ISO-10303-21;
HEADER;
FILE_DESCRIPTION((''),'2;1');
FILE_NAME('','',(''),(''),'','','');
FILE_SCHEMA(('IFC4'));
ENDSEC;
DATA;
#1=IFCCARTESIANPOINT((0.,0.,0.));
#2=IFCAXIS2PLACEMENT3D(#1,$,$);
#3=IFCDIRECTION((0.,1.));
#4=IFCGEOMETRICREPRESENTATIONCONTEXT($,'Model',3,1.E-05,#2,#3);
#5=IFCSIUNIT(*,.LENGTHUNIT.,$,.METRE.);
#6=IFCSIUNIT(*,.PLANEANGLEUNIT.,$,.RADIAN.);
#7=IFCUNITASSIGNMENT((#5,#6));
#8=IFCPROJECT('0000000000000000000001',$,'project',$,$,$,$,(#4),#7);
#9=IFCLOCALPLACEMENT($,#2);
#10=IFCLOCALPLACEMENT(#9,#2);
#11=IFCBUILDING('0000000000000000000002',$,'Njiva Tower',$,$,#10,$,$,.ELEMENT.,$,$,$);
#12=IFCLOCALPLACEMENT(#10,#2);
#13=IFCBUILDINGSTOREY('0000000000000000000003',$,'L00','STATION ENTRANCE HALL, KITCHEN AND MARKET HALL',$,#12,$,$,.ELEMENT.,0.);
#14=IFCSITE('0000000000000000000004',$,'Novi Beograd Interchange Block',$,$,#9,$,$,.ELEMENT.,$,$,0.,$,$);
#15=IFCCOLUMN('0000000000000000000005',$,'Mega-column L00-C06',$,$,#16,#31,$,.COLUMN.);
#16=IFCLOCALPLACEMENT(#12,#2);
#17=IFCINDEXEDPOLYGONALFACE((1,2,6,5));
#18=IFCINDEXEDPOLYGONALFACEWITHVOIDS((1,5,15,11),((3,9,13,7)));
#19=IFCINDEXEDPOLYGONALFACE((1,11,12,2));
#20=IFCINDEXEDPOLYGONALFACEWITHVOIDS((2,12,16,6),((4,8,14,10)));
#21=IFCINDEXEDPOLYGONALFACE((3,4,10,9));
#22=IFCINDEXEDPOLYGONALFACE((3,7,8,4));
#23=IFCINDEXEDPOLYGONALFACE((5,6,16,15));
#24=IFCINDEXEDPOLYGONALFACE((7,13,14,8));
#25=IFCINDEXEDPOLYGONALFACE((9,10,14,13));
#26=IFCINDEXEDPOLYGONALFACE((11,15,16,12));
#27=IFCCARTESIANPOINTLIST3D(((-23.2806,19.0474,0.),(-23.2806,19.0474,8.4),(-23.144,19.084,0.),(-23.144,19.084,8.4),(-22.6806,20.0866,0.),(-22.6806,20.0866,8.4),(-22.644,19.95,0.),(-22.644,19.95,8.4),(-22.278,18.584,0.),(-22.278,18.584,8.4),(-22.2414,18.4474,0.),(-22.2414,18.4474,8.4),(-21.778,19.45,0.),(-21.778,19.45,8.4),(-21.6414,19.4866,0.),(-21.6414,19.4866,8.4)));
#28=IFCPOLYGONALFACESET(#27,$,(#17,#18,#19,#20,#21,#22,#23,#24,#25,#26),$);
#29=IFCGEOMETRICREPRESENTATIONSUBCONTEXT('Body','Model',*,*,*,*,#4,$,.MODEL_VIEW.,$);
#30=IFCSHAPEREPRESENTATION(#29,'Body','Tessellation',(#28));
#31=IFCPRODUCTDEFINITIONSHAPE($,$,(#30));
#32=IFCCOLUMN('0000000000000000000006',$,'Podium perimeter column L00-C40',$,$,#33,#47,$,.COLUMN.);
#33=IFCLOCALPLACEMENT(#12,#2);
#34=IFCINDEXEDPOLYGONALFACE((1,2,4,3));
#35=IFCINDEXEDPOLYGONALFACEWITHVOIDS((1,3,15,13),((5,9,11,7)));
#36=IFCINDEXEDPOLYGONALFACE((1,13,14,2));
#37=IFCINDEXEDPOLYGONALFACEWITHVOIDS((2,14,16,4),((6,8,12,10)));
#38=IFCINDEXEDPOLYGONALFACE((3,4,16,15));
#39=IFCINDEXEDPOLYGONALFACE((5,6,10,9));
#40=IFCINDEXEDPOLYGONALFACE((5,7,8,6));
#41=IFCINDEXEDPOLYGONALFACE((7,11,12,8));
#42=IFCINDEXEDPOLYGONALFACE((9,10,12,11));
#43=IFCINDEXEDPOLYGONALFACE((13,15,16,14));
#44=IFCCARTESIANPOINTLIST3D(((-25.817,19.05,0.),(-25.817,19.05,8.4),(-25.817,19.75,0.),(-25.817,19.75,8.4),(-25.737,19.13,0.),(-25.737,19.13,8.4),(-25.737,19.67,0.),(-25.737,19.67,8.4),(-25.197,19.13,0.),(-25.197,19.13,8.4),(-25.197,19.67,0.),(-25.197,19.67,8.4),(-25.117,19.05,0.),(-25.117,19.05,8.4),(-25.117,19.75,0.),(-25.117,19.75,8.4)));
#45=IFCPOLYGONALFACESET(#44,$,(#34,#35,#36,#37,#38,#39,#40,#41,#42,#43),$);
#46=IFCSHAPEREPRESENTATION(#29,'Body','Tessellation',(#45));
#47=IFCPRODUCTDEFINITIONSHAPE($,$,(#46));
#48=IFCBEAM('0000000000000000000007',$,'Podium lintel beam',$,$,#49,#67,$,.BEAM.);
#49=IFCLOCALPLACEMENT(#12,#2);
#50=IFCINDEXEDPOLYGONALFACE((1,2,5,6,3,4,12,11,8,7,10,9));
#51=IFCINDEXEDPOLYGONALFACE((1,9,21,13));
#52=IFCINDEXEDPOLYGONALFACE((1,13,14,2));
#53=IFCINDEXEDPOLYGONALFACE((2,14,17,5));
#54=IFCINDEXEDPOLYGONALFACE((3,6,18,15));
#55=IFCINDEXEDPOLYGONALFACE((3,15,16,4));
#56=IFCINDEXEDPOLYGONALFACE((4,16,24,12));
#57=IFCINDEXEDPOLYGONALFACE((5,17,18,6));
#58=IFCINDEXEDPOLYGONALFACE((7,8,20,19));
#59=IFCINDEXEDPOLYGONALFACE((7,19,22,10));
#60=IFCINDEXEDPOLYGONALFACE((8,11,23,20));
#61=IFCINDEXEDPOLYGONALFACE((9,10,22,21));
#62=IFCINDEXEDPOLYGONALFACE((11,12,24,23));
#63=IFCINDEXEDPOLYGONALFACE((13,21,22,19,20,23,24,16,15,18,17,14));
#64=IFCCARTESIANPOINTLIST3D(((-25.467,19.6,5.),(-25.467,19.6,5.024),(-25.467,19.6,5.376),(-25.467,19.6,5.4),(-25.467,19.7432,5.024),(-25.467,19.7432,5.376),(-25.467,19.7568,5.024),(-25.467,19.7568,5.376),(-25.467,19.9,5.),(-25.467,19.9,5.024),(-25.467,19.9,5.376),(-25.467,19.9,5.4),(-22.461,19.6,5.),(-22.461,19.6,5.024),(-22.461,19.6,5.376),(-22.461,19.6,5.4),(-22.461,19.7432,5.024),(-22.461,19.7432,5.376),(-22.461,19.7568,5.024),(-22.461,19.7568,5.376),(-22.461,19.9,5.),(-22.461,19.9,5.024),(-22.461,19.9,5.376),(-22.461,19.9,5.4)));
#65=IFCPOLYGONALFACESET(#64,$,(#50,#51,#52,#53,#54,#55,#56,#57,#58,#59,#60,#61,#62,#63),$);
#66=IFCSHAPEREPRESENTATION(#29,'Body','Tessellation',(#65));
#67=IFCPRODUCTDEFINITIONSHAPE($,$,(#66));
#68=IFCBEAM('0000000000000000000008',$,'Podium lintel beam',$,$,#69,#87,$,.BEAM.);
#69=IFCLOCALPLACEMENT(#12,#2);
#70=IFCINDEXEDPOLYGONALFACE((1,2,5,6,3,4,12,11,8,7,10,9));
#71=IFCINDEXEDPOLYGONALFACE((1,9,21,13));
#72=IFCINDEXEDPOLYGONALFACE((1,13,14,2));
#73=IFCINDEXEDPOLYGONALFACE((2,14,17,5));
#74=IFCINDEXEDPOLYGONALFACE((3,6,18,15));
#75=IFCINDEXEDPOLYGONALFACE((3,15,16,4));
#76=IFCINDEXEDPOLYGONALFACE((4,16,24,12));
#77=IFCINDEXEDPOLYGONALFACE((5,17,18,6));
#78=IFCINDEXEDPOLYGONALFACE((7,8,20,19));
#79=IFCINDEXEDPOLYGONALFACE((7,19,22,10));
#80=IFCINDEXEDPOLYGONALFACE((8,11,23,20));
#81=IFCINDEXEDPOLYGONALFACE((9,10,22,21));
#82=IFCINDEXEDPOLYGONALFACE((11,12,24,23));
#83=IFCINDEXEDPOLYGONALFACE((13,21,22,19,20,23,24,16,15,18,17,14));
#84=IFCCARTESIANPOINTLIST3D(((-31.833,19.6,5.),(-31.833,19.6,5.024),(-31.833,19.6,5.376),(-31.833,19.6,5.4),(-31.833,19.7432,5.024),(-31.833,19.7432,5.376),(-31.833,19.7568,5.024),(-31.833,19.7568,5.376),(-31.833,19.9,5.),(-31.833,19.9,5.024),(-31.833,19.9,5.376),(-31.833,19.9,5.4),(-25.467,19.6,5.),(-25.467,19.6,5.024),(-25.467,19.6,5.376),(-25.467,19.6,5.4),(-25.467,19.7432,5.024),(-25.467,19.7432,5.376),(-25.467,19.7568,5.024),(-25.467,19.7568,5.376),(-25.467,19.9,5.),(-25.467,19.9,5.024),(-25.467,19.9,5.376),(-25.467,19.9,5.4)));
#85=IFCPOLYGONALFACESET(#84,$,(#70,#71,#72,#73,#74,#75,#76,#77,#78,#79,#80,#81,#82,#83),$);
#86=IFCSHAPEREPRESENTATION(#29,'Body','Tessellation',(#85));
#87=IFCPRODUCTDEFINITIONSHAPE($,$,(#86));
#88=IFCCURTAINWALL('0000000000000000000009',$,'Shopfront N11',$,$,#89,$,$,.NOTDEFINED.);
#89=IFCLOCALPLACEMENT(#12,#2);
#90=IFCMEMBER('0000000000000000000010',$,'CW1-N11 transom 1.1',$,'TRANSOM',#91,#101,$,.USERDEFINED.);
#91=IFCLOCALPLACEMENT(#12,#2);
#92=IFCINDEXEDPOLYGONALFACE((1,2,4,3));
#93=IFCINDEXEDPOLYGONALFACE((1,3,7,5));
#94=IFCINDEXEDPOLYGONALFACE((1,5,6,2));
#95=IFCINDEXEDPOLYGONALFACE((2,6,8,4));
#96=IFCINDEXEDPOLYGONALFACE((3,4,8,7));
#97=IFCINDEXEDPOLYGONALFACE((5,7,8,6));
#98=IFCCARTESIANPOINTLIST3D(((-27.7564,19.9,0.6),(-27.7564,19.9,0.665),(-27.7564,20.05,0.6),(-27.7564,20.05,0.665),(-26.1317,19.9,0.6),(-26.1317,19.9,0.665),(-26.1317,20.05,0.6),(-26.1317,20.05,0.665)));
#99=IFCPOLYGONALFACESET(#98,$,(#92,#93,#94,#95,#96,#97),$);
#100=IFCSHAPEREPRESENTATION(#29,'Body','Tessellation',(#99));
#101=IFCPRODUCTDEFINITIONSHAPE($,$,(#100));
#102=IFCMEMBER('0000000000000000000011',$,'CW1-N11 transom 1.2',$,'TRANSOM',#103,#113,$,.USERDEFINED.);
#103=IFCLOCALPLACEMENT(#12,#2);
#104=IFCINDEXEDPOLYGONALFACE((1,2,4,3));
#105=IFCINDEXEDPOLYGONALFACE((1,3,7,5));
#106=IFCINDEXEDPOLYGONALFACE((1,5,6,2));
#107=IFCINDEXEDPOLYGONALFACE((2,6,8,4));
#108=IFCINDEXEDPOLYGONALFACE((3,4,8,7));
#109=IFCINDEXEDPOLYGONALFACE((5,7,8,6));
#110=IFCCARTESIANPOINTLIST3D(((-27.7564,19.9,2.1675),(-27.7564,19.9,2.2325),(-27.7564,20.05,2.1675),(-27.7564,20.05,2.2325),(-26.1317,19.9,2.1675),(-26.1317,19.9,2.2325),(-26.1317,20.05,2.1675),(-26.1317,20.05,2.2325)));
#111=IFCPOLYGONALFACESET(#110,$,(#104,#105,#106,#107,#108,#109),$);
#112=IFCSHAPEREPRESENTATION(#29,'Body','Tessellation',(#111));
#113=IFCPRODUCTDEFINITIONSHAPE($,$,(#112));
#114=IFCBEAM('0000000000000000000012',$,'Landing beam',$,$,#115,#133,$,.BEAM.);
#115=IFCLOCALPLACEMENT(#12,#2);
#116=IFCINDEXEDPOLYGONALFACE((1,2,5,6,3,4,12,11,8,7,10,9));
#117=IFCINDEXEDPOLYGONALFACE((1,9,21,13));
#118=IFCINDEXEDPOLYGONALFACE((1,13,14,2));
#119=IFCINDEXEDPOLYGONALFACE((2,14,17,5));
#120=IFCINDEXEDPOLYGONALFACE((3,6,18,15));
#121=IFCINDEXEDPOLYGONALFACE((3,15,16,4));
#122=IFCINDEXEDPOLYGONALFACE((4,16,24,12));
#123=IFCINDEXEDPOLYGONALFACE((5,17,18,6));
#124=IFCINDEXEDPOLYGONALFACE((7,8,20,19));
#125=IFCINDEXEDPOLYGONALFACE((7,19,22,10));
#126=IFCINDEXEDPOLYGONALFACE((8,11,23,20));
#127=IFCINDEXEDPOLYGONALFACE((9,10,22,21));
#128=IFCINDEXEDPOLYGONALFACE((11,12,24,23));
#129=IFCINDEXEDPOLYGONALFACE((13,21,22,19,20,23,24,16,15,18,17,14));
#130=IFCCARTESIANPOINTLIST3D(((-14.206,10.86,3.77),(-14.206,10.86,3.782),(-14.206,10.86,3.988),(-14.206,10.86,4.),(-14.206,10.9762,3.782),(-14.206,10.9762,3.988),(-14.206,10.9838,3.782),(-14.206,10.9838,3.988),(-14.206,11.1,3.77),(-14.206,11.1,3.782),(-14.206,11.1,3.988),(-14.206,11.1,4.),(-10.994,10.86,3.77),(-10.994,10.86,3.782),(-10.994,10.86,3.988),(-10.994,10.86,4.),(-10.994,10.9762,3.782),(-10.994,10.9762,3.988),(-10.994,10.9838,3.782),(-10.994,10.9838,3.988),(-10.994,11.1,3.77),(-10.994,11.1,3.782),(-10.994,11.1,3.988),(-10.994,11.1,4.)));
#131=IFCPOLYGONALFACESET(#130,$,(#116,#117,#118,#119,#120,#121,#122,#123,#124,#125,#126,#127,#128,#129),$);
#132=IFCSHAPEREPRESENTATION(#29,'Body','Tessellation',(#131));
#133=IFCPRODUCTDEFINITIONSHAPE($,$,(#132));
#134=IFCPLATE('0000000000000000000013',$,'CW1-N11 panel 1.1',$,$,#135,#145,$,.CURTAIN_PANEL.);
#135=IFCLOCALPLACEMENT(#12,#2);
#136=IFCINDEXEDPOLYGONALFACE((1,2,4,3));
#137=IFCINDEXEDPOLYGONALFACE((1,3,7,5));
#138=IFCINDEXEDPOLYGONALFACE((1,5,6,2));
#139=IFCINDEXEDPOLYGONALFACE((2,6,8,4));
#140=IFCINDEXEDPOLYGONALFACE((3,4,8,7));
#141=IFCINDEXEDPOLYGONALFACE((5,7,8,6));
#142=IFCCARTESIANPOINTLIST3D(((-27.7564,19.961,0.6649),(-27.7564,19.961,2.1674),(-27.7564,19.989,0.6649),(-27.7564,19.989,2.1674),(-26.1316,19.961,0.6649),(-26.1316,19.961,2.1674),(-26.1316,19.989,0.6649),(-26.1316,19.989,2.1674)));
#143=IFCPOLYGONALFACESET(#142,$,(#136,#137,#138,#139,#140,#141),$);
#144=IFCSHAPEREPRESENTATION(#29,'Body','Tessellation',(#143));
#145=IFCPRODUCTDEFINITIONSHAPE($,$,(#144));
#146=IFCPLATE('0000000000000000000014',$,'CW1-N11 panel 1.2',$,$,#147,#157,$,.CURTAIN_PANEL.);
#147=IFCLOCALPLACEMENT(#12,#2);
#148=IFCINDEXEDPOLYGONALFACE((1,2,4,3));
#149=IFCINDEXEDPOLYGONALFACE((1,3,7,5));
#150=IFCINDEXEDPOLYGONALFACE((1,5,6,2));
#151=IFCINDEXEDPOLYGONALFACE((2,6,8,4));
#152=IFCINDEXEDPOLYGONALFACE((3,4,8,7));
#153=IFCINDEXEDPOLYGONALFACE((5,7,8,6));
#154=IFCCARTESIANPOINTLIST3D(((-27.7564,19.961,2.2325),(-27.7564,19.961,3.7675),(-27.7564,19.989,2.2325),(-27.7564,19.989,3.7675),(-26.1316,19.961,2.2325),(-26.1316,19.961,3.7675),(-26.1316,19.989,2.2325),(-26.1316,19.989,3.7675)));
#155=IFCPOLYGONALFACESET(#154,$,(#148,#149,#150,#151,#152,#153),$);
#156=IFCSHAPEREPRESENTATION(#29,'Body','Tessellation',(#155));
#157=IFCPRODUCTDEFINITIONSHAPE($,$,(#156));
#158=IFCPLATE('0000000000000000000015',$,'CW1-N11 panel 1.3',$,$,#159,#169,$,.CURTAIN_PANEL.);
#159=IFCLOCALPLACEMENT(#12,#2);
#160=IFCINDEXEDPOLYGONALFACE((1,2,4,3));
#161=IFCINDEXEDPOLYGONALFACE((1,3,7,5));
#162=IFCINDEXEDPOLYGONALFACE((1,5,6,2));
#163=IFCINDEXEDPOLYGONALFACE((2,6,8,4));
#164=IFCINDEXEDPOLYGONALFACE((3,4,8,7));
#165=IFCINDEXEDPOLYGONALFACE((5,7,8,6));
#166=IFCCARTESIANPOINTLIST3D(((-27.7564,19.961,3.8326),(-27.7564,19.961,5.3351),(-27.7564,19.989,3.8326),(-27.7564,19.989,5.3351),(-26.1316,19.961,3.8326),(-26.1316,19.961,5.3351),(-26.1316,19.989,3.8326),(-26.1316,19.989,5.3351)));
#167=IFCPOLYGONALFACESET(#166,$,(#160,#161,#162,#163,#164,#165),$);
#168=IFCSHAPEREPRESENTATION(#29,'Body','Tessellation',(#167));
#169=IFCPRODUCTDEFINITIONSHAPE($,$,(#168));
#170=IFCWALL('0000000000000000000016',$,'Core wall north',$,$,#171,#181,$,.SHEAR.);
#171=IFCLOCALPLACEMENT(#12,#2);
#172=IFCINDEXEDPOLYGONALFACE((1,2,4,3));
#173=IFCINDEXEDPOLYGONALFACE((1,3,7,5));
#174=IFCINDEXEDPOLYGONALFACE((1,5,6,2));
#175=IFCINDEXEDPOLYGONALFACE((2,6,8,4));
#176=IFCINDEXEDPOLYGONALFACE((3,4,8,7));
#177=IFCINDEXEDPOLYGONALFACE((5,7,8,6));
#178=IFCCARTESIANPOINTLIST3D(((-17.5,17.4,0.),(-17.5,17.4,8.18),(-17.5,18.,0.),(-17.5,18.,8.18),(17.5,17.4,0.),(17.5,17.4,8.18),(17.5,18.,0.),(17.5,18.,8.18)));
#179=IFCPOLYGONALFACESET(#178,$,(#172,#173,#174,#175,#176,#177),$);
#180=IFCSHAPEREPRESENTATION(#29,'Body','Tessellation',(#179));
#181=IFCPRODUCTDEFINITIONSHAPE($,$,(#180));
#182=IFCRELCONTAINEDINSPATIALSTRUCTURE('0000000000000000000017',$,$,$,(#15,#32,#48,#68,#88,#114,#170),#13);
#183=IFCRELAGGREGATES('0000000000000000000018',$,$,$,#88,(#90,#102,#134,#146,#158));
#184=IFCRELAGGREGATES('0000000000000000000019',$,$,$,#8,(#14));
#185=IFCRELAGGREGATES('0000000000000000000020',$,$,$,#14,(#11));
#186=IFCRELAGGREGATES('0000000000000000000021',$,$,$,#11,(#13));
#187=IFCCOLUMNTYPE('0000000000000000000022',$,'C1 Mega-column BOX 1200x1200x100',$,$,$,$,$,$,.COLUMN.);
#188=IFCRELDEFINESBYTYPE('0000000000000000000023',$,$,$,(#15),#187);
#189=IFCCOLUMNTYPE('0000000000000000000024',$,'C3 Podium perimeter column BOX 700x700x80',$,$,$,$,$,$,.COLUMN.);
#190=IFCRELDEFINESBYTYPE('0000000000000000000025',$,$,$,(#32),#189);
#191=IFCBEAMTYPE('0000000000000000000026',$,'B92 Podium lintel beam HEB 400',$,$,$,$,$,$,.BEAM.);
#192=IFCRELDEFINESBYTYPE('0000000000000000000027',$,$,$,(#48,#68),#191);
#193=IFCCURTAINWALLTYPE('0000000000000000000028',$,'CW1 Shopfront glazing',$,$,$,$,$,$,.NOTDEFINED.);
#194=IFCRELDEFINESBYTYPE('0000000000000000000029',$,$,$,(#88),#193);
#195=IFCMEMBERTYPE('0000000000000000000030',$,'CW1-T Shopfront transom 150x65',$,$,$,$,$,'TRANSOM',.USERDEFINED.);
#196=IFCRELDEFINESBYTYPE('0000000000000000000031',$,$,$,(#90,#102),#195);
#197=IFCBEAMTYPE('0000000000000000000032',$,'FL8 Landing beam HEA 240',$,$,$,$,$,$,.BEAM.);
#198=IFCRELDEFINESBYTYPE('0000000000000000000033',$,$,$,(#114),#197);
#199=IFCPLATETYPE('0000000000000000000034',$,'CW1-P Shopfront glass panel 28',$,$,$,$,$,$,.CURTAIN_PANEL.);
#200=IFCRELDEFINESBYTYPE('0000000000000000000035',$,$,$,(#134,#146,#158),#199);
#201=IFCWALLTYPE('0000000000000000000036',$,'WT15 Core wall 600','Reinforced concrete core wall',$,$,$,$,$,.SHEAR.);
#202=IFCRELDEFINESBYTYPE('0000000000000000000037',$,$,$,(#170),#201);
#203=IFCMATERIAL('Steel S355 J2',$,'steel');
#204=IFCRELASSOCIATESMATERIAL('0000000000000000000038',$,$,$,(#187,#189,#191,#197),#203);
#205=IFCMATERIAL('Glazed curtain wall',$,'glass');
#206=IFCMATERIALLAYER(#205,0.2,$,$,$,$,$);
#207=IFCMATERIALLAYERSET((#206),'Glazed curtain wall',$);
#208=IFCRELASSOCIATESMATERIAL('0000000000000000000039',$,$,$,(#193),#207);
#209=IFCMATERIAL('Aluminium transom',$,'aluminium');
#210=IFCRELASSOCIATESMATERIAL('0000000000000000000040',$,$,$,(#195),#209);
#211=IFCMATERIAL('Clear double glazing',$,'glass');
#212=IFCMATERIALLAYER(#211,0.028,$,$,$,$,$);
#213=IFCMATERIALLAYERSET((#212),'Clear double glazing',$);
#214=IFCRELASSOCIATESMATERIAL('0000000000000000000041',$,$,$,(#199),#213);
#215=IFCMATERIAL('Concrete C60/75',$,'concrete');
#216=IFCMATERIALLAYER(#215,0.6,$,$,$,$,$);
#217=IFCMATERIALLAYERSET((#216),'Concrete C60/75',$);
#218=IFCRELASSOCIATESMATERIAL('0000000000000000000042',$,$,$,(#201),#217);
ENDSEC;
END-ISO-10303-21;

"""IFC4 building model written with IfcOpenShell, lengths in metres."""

from ifc_helpers import new_model, si_unit, direction, frame, frame_2d, origin, origin_2d, place, context, subcontext, project, spatial, rectangle, hollow_rectangle, i_section, extrude, material, layer, layer_set, material_profile, profile_set, type_object, element, aggregate, save


model = new_model("IFC4")

# Units and contexts
model_context = context("Model", 3, precision=1e-05, world=origin(), true_north=direction((0.0, 1.0)))
body_context = subcontext(model_context, "Body", "Model", "MODEL_VIEW")
ifc_project = project(units=[si_unit("LENGTHUNIT", "METRE"), si_unit("PLANEANGLEUNIT", "RADIAN")], contexts=[model_context])

# Site, building, storey
site_placement = place(None, origin())
site = spatial("IfcSite", under=ifc_project, at=site_placement, Name="Novi Beograd Interchange Block", CompositionType="ELEMENT", RefElevation=0.0)
building_placement = place(site_placement, origin())
building = spatial("IfcBuilding", under=site, at=building_placement, Name="Njiva Tower", CompositionType="ELEMENT")
storey_placement = place(building_placement, origin())
storey = spatial("IfcBuildingStorey", under=building, at=storey_placement, Name="L00", Description="STATION ENTRANCE HALL, KITCHEN AND MARKET HALL", CompositionType="ELEMENT", Elevation=0.0)

# Columns
ifc_material_1 = material(Name="Steel S355 J2", Category="steel")
ifc_material_profile_1 = material_profile(ifc_material_1, hollow_rectangle(XDim=1.2, YDim=1.2, WallThickness=0.1, at=origin_2d()), Name="BOX 1200x1200x100")
ifc_profile_set_1 = profile_set([ifc_material_profile_1], Name="Steel S355 J2")
column_type_1 = type_object("IfcColumnType", Name="C1 Mega-column BOX 1200x1200x100", PredefinedType="COLUMN", material=ifc_profile_set_1)
column_1_placement = place(storey_placement, frame((-22.461, 19.267, 0.0), z_axis=(0.0, 0.0, 1.0), x_axis=(-0.5, -0.866025, 0.0)))
element("IfcColumn", 1, at=column_1_placement, inside=storey, type_object=column_type_1, Name="Mega-column L00-C06", PredefinedType="COLUMN", context=body_context, shape_type="SweptSolid", body=[
    extrude(hollow_rectangle(XDim=1.2, YDim=1.2, WallThickness=0.1, at=origin_2d()), origin(), (0.0, 0.0, 1.0), 8.4),
])
ifc_material_profile_2 = material_profile(ifc_material_1, hollow_rectangle(XDim=0.7, YDim=0.7, WallThickness=0.08, at=origin_2d()), Name="BOX 700x700x80")
ifc_profile_set_2 = profile_set([ifc_material_profile_2], Name="Steel S355 J2")
column_type_2 = type_object("IfcColumnType", Name="C3 Podium perimeter column BOX 700x700x80", PredefinedType="COLUMN", material=ifc_profile_set_2)
column_2_placement = place(storey_placement, frame((-25.467, 19.4, 0.0), z_axis=(0.0, 0.0, 1.0), x_axis=(-1.0, 0.0, 0.0)))
element("IfcColumn", 2, at=column_2_placement, inside=storey, type_object=column_type_2, Name="Podium perimeter column L00-C40", PredefinedType="COLUMN", context=body_context, shape_type="SweptSolid", body=[
    extrude(hollow_rectangle(XDim=0.7, YDim=0.7, WallThickness=0.08, at=origin_2d()), origin(), (0.0, 0.0, 1.0), 8.4),
])

# Beams
ifc_material_profile_3 = material_profile(ifc_material_1, i_section(OverallWidth=0.3, OverallDepth=0.4, WebThickness=0.0135, FlangeThickness=0.024, at=origin_2d()), Name="HEB400")
ifc_profile_set_3 = profile_set([ifc_material_profile_3], Name="Steel S355 J2")
beam_type_1 = type_object("IfcBeamType", Name="B92 Podium lintel beam HEB 400", PredefinedType="BEAM", material=ifc_profile_set_3)
beam_1_placement = place(storey_placement, frame((-22.461, 19.75, 5.2), z_axis=(-1.0, 0.0, 0.0), x_axis=(0.0, -1.0, 0.0)))
element("IfcBeam", 3, at=beam_1_placement, inside=storey, type_object=beam_type_1, Name="Podium lintel beam", PredefinedType="BEAM", context=body_context, shape_type="SweptSolid", body=[
    extrude(i_section(OverallWidth=0.3, OverallDepth=0.4, WebThickness=0.0135, FlangeThickness=0.024, at=origin_2d()), origin(), (0.0, 0.0, 1.0), 3.006),
])
beam_2_placement = place(storey_placement, frame((-25.467, 19.75, 5.2), z_axis=(-1.0, 0.0, 0.0), x_axis=(0.0, -1.0, 0.0)))
element("IfcBeam", 4, at=beam_2_placement, inside=storey, type_object=beam_type_1, Name="Podium lintel beam", PredefinedType="BEAM", context=body_context, shape_type="SweptSolid", body=[
    extrude(i_section(OverallWidth=0.3, OverallDepth=0.4, WebThickness=0.0135, FlangeThickness=0.024, at=origin_2d()), origin(), (0.0, 0.0, 1.0), 6.366),
])

# Curtain wall, members
ifc_material_2 = material(Name="Glazed curtain wall", Category="glass")
ifc_layer_1 = layer(ifc_material_2, 0.2)
ifc_layer_set_1 = layer_set([ifc_layer_1], Name="Glazed curtain wall")
curtain_wall_type = type_object("IfcCurtainWallType", Name="CW1 Shopfront glazing", PredefinedType="NOTDEFINED", material=ifc_layer_set_1)
curtain_wall_placement = place(storey_placement, origin())
curtain_wall = element("IfcCurtainWall", 5, at=curtain_wall_placement, inside=storey, type_object=curtain_wall_type, Name="Shopfront N11", PredefinedType="NOTDEFINED")
ifc_material_3 = material(Name="Aluminium transom", Category="aluminium")
ifc_material_profile_4 = material_profile(ifc_material_3, rectangle(XDim=0.15, YDim=0.065, at=origin_2d()), Name="RECT 150x65")
ifc_profile_set_4 = profile_set([ifc_material_profile_4], Name="Aluminium transom")
member_type = type_object("IfcMemberType", Name="CW1-T Shopfront transom 150x65", ElementType="TRANSOM", PredefinedType="USERDEFINED", material=ifc_profile_set_4)
member_1_placement = place(storey_placement, frame((-26.1317, 19.975, 0.6325), z_axis=(-1.0, 0.0, 0.0), x_axis=(0.0, -1.0, 0.0)))
member_1 = element("IfcMember", 6, at=member_1_placement, type_object=member_type, Name="CW1-N11 transom 1.1", ObjectType="TRANSOM", PredefinedType="USERDEFINED", context=body_context, shape_type="SweptSolid", body=[
    extrude(rectangle(XDim=0.15, YDim=0.065, at=origin_2d()), origin(), (0.0, 0.0, 1.0), 1.6247),
])
member_2_placement = place(storey_placement, frame((-26.1317, 19.975, 2.2), z_axis=(-1.0, 0.0, 0.0), x_axis=(0.0, -1.0, 0.0)))
member_2 = element("IfcMember", 7, at=member_2_placement, type_object=member_type, Name="CW1-N11 transom 1.2", ObjectType="TRANSOM", PredefinedType="USERDEFINED", context=body_context, shape_type="SweptSolid", body=[
    extrude(rectangle(XDim=0.15, YDim=0.065, at=origin_2d()), origin(), (0.0, 0.0, 1.0), 1.6247),
])

# Beam
ifc_material_profile_5 = material_profile(ifc_material_1, i_section(OverallWidth=0.24, OverallDepth=0.23, WebThickness=0.0075, FlangeThickness=0.012, at=origin_2d()), Name="HEA240")
ifc_profile_set_5 = profile_set([ifc_material_profile_5], Name="Steel S355 J2")
beam_type_2 = type_object("IfcBeamType", Name="FL8 Landing beam HEA 240", PredefinedType="BEAM", material=ifc_profile_set_5)
beam_3_placement = place(storey_placement, frame((-14.206, 10.98, 3.885), z_axis=(1.0, 0.0, 0.0), x_axis=(0.0, 1.0, 0.0)))
element("IfcBeam", 8, at=beam_3_placement, inside=storey, type_object=beam_type_2, Name="Landing beam", PredefinedType="BEAM", context=body_context, shape_type="SweptSolid", body=[
    extrude(i_section(OverallWidth=0.24, OverallDepth=0.23, WebThickness=0.0075, FlangeThickness=0.012, at=origin_2d()), origin(), (0.0, 0.0, 1.0), 3.212),
])

# Plates
ifc_material_4 = material(Name="Clear double glazing", Category="glass")
ifc_layer_2 = layer(ifc_material_4, 0.028)
ifc_layer_set_2 = layer_set([ifc_layer_2], Name="Clear double glazing")
plate_type = type_object("IfcPlateType", Name="CW1-P Shopfront glass panel 28", PredefinedType="CURTAIN_PANEL", material=ifc_layer_set_2)
plate_1_placement = place(storey_placement, frame((-26.944, 19.975, 0.6649), z_axis=(0.0, 0.0, 1.0), x_axis=(-1.0, 0.0, 0.0)))
plate_1 = element("IfcPlate", 9, at=plate_1_placement, type_object=plate_type, Name="CW1-N11 panel 1.1", PredefinedType="CURTAIN_PANEL", context=body_context, shape_type="SweptSolid", body=[
    extrude(rectangle(XDim=1.6247, YDim=0.028, at=origin_2d()), origin(), (0.0, 0.0, 1.0), 1.5025),
])
plate_2_placement = place(storey_placement, frame((-26.944, 19.975, 2.2325), z_axis=(0.0, 0.0, 1.0), x_axis=(-1.0, 0.0, 0.0)))
plate_2 = element("IfcPlate", 10, at=plate_2_placement, type_object=plate_type, Name="CW1-N11 panel 1.2", PredefinedType="CURTAIN_PANEL", context=body_context, shape_type="SweptSolid", body=[
    extrude(rectangle(XDim=1.6247, YDim=0.028, at=origin_2d()), origin(), (0.0, 0.0, 1.0), 1.535),
])
plate_3_placement = place(storey_placement, frame((-26.944, 19.975, 3.8326), z_axis=(0.0, 0.0, 1.0), x_axis=(-1.0, 0.0, 0.0)))
plate_3 = element("IfcPlate", 11, at=plate_3_placement, type_object=plate_type, Name="CW1-N11 panel 1.3", PredefinedType="CURTAIN_PANEL", context=body_context, shape_type="SweptSolid", body=[
    extrude(rectangle(XDim=1.6247, YDim=0.028, at=origin_2d()), origin(), (0.0, 0.0, 1.0), 1.5025),
])
aggregate(curtain_wall, [member_1, member_2, plate_1, plate_2, plate_3])

# Wall
ifc_material_5 = material(Name="Concrete C60/75", Category="concrete")
ifc_layer_3 = layer(ifc_material_5, 0.6)
ifc_layer_set_3 = layer_set([ifc_layer_3], Name="Concrete C60/75")
wall_type_1 = type_object("IfcWallType", Name="WT15 Core wall 600", Description="Reinforced concrete core wall", PredefinedType="SHEAR", material=ifc_layer_set_3)
wall_1_placement = place(storey_placement, frame((-17.5, 17.7, 0.0), z_axis=(0.0, 0.0, 1.0), x_axis=(1.0, 0.0, 0.0)))
element("IfcWall", 12, at=wall_1_placement, inside=storey, type_object=wall_type_1, Name="Core wall north", PredefinedType="SHEAR", context=body_context, shape_type="SweptSolid", body=[
    extrude(rectangle(XDim=35.0, YDim=0.6, at=frame_2d((17.5, 0.0))), origin(), (0.0, 0.0, 1.0), 8.18),
])

save(model, "model.ifc")
